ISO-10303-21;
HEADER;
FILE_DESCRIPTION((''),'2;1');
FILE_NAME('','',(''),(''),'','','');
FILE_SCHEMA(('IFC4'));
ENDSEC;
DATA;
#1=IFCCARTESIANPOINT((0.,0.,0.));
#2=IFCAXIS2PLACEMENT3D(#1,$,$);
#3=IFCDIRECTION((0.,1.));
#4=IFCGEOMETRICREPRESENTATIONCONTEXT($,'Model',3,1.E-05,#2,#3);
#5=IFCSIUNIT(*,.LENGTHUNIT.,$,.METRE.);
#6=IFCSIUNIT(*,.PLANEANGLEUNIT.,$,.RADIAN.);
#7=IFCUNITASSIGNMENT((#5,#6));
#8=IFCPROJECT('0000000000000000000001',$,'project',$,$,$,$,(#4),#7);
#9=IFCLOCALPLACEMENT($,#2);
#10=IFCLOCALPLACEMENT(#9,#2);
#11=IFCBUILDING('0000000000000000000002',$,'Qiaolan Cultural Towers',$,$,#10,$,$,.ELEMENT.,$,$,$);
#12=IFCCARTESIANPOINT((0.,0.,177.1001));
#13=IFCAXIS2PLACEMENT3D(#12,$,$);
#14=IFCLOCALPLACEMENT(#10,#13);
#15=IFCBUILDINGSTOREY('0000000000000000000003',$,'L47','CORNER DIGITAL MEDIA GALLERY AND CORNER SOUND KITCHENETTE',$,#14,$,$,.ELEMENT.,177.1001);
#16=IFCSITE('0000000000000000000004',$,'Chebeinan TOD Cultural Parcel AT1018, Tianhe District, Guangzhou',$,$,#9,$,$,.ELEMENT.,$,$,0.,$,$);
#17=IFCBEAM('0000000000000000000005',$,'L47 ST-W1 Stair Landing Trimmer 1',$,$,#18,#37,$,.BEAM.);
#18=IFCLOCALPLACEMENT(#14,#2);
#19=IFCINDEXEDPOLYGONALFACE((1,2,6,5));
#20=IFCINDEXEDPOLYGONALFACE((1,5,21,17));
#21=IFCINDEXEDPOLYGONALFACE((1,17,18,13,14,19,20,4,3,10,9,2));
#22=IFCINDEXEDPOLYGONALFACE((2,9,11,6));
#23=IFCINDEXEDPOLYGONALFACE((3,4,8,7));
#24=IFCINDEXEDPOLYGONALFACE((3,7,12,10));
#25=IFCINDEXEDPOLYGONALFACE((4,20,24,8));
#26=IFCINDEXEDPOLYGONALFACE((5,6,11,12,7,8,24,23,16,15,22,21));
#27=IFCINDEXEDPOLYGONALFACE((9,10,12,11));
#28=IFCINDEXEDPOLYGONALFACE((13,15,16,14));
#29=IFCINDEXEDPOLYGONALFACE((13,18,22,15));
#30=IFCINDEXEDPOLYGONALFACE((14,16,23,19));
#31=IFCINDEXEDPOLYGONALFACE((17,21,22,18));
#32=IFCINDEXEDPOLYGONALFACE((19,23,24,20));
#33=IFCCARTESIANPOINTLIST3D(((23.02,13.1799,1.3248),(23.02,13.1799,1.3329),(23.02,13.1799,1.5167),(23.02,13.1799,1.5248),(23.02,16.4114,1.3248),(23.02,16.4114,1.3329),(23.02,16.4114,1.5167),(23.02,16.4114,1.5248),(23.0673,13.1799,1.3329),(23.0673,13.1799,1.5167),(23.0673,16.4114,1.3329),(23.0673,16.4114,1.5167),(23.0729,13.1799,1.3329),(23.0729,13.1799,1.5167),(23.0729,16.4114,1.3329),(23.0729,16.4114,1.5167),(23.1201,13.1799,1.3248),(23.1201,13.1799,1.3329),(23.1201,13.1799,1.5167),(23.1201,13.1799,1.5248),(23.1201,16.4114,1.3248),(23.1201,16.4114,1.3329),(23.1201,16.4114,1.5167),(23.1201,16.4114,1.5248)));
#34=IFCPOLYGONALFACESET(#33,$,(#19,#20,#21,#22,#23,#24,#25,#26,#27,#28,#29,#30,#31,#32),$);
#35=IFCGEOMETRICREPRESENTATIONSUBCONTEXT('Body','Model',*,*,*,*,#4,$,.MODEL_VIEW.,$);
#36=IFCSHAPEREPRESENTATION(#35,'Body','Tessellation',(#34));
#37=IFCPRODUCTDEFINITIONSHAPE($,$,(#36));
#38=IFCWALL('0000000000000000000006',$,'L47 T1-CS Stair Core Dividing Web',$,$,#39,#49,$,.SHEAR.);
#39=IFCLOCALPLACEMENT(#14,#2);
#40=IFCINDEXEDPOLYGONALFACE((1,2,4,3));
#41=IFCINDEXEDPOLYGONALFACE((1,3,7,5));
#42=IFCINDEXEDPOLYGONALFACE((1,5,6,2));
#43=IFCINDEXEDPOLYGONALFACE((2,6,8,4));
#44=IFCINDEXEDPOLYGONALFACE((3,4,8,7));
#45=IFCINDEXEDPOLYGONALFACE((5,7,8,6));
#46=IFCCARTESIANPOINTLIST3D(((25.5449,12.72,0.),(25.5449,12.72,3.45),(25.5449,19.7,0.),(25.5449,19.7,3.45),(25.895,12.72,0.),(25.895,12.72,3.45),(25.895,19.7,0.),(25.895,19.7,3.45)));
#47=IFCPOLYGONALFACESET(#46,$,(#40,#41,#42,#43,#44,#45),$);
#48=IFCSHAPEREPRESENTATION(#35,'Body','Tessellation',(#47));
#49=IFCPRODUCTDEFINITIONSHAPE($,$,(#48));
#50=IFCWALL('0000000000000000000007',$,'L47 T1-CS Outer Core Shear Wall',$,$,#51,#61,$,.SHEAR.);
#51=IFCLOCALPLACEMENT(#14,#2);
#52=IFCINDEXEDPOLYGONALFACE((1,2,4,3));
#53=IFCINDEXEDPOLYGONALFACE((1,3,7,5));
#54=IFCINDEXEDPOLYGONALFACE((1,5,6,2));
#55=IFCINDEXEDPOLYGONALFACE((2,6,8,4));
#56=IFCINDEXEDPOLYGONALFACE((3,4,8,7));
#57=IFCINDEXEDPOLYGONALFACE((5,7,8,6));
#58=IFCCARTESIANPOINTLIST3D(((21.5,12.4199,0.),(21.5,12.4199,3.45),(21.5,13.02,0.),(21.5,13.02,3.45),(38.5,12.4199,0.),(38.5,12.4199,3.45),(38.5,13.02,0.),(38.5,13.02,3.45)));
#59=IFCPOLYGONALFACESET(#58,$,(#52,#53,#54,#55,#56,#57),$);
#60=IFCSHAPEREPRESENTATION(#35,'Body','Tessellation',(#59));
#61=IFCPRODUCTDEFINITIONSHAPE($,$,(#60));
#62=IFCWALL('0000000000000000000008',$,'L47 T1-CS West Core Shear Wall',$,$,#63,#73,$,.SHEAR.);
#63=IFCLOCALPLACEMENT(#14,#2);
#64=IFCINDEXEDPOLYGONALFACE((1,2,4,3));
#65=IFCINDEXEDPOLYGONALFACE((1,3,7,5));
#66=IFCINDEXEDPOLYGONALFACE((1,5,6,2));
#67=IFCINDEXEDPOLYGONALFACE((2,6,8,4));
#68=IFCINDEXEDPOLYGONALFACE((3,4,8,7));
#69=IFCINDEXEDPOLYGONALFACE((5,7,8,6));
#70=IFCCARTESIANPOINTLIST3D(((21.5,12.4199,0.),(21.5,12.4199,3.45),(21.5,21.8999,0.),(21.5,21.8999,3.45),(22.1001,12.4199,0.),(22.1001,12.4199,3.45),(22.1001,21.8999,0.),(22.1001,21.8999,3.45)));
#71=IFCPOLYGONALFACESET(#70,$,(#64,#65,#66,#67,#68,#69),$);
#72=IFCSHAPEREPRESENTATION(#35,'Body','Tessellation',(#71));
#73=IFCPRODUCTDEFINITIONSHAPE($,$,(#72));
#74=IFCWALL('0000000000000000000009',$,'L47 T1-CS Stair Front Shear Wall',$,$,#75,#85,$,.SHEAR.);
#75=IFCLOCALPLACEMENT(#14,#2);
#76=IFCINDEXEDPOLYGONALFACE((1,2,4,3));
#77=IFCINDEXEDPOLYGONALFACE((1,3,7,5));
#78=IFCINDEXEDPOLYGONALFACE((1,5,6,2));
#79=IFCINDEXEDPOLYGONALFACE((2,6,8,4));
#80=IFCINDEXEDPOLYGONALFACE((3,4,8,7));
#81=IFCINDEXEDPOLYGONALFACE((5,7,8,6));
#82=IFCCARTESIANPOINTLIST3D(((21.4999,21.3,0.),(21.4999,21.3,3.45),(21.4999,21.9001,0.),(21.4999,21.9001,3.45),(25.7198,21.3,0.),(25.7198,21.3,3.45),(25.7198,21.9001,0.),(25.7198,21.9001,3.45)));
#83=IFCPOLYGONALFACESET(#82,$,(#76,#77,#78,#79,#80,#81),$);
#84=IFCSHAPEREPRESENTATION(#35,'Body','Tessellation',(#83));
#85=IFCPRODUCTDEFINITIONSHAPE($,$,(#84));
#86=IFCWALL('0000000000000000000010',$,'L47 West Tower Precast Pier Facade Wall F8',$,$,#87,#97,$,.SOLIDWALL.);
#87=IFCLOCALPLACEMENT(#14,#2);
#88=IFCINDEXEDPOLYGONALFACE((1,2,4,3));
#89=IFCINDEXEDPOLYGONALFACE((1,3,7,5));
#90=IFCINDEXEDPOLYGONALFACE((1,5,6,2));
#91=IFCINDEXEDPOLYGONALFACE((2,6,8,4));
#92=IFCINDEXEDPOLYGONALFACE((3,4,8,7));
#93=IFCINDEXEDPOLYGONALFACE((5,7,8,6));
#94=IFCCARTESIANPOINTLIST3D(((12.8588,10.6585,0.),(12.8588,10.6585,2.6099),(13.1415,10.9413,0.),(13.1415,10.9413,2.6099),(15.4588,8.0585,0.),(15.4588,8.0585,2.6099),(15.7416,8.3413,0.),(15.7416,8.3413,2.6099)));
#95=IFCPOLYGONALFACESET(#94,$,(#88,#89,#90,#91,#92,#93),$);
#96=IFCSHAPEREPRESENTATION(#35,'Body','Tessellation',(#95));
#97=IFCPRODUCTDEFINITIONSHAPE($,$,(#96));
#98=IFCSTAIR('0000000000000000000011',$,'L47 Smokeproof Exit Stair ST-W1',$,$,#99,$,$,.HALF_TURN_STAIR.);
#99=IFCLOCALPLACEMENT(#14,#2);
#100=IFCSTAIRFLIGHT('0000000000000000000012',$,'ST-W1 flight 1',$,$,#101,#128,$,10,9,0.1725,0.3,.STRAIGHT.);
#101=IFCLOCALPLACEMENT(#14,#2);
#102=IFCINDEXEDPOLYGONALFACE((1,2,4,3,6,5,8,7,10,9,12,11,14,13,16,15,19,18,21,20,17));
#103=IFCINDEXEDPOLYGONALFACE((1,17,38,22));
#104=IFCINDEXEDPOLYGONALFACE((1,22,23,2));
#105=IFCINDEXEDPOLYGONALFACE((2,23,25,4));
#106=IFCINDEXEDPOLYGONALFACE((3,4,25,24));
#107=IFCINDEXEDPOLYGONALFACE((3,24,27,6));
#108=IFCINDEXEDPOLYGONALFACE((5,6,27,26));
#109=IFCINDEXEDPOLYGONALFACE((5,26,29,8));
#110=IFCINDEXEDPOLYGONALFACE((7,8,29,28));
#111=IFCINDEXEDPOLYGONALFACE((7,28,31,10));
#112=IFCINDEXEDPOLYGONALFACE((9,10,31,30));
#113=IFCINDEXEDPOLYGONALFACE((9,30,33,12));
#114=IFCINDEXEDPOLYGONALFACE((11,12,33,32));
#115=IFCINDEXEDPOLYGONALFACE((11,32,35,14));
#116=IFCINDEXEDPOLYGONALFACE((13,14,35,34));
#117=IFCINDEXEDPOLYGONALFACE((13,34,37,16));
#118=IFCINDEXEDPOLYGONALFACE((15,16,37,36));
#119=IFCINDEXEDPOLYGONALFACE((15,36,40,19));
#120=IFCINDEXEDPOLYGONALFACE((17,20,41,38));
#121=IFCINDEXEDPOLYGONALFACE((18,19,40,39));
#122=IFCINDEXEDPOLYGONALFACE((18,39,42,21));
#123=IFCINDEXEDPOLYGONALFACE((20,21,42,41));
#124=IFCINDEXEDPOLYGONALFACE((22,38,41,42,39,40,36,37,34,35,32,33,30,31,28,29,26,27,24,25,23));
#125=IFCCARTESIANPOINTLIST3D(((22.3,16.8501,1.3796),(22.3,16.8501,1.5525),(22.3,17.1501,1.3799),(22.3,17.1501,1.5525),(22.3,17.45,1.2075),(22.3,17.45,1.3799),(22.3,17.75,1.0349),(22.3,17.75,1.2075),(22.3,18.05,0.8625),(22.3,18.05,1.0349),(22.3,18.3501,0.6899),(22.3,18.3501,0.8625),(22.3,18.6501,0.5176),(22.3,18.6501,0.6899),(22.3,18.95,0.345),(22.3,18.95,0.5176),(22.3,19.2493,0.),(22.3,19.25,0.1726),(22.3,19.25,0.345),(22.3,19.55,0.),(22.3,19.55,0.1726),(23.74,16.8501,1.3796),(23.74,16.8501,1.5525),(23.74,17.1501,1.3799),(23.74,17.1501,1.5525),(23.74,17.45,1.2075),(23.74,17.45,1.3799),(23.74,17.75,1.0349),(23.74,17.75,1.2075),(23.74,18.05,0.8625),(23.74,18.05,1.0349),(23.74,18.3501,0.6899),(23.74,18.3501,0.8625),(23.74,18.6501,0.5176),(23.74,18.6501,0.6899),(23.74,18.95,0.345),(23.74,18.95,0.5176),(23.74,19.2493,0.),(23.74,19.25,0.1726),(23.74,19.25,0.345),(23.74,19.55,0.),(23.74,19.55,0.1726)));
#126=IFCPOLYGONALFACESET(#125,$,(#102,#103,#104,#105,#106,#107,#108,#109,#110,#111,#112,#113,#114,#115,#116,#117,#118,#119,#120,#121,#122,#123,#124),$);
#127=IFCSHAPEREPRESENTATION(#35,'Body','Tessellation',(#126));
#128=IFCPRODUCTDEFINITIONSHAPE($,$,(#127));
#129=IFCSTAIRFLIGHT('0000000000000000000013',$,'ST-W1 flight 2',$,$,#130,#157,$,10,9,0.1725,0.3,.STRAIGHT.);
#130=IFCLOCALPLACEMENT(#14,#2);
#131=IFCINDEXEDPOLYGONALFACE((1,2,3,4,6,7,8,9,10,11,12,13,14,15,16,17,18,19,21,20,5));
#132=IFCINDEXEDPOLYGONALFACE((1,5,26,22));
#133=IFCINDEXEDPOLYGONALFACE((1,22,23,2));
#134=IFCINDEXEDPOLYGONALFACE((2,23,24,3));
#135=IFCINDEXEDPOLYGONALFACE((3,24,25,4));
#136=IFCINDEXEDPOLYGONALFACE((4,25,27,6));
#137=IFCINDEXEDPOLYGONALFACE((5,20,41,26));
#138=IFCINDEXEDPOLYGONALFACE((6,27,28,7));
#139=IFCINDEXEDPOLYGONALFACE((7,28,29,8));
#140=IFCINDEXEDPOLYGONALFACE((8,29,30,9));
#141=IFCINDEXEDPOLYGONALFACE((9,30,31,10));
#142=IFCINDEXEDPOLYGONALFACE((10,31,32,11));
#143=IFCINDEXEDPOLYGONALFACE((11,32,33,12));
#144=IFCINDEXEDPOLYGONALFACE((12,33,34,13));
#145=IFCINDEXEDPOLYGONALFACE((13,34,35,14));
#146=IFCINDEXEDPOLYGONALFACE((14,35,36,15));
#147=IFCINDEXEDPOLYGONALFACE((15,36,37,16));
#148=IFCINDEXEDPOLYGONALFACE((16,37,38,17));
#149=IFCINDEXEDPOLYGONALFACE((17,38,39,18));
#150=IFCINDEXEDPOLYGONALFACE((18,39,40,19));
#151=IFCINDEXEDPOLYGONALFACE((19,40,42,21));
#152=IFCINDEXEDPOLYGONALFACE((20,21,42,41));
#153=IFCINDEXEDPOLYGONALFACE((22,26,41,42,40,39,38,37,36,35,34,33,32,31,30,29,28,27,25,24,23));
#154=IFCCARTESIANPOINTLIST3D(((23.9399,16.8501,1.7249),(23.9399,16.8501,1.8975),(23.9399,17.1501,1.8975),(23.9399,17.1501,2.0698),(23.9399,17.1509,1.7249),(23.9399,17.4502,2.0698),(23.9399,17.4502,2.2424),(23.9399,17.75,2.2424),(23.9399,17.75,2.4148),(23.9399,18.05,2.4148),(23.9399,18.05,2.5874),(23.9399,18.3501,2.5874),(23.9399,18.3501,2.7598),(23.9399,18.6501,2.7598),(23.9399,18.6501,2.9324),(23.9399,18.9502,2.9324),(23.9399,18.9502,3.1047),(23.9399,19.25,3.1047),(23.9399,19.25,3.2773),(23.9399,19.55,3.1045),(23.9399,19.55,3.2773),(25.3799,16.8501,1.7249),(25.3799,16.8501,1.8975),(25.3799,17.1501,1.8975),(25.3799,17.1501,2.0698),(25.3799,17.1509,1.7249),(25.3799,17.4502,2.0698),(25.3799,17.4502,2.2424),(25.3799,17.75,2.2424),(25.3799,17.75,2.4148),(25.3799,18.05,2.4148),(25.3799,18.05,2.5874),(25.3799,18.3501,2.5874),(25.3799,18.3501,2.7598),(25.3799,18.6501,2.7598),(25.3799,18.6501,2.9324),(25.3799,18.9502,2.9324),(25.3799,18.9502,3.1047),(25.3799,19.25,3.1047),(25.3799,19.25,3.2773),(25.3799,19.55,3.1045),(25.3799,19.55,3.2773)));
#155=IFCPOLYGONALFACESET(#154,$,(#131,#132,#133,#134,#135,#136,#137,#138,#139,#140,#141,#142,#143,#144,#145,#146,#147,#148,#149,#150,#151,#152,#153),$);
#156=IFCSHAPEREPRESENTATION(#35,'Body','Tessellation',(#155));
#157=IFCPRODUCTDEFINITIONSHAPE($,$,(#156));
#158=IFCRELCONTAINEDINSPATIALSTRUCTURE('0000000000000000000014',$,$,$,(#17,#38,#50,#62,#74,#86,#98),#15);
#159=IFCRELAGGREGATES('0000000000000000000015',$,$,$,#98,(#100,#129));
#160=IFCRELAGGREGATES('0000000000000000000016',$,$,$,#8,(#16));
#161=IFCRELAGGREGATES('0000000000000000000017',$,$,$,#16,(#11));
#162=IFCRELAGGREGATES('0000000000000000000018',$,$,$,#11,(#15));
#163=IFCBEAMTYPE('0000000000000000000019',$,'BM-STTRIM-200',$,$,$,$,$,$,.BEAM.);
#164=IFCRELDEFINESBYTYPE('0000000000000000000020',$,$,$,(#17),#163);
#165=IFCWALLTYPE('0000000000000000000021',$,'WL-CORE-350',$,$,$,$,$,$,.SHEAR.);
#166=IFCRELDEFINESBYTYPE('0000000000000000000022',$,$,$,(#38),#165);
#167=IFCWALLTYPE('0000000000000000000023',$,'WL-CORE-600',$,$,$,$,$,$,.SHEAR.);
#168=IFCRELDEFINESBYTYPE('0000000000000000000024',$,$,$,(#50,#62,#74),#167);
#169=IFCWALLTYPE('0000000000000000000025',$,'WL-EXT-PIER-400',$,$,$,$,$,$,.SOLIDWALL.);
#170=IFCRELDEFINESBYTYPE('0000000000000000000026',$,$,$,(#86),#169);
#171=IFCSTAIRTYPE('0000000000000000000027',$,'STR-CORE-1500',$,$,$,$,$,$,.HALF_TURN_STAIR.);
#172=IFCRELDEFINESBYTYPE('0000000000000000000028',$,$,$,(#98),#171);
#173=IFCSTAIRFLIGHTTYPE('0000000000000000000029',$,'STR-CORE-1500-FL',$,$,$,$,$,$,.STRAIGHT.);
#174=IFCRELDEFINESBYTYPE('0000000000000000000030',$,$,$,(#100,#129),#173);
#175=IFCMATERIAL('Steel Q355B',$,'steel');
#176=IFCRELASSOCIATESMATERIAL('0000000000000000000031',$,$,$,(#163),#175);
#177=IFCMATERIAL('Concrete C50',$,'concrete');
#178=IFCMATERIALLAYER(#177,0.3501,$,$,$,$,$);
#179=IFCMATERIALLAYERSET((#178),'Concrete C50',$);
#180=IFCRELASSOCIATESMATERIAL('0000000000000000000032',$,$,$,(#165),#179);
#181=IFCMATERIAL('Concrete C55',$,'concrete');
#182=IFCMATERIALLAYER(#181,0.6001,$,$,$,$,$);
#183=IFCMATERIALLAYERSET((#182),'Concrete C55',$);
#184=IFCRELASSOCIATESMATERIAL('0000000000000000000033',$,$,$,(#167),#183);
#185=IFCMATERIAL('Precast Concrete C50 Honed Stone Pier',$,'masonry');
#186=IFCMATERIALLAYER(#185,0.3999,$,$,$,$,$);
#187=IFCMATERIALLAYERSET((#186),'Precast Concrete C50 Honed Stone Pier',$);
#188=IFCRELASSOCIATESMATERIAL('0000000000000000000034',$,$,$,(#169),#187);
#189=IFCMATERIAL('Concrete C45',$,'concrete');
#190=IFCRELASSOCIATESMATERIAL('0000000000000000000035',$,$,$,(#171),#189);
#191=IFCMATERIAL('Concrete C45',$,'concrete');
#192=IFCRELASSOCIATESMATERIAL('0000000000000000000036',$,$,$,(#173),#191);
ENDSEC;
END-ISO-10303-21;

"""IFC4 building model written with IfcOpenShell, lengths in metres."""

from ifc_helpers import new_model, si_unit, direction, frame, frame_2d, origin, origin_2d, place, context, subcontext, project, spatial, polyline, rectangle, i_section, outline, extrude, material, layer, layer_set, material_profile, profile_set, type_object, element, aggregate, save


model = new_model("IFC4")

# Units and contexts
model_context = context("Model", 3, precision=1e-05, world=origin(), true_north=direction((0.0, 1.0)))
body_context = subcontext(model_context, "Body", "Model", "MODEL_VIEW")
ifc_project = project(units=[si_unit("LENGTHUNIT", "METRE"), si_unit("PLANEANGLEUNIT", "RADIAN")], contexts=[model_context])

# Site, building, storey
site_placement = place(None, origin())
site = spatial("IfcSite", under=ifc_project, at=site_placement, Name="Chebeinan TOD Cultural Parcel AT1018, Tianhe District, Guangzhou", CompositionType="ELEMENT", RefElevation=0.0)
building_placement = place(site_placement, origin())
building = spatial("IfcBuilding", under=site, at=building_placement, Name="Qiaolan Cultural Towers", CompositionType="ELEMENT")
storey_placement = place(building_placement, frame((0.0, 0.0, 177.1001)))
storey = spatial("IfcBuildingStorey", under=building, at=storey_placement, Name="L47", Description="CORNER DIGITAL MEDIA GALLERY AND CORNER SOUND KITCHENETTE", CompositionType="ELEMENT", Elevation=177.1001)

# Beam
ifc_material_1 = material(Name="Steel Q355B", Category="steel")
ifc_material_profile_1 = material_profile(ifc_material_1, i_section(OverallWidth=0.1001, OverallDepth=0.2, WebThickness=0.0056, FlangeThickness=0.0081, at=origin_2d()), Name="HN200x100x5.5x8")
ifc_profile_set_1 = profile_set([ifc_material_profile_1], Name="Steel Q355B")
beam_type_1 = type_object("IfcBeamType", Name="BM-STTRIM-200", PredefinedType="BEAM", material=ifc_profile_set_1)
beam_1_placement = place(storey_placement, frame((23.0701, 16.4114, 1.4248), z_axis=(0.0, -1.0, 0.0), x_axis=(1.0, 0.0, 0.0)))
element("IfcBeam", 1, at=beam_1_placement, inside=storey, type_object=beam_type_1, Name="L47 ST-W1 Stair Landing Trimmer 1", PredefinedType="BEAM", context=body_context, shape_type="SweptSolid", body=[
    extrude(i_section(OverallWidth=0.1001, OverallDepth=0.2, WebThickness=0.0056, FlangeThickness=0.0081, at=origin_2d()), origin(), (0.0, 0.0, 1.0), 3.2314),
])

# Walls
ifc_material_2 = material(Name="Concrete C50", Category="concrete")
ifc_layer_1 = layer(ifc_material_2, 0.3501)
ifc_layer_set_1 = layer_set([ifc_layer_1], Name="Concrete C50")
wall_type_1 = type_object("IfcWallType", Name="WL-CORE-350", PredefinedType="SHEAR", material=ifc_layer_set_1)
wall_1_placement = place(storey_placement, frame((25.72, 19.7, 0.0), z_axis=(0.0, 0.0, 1.0), x_axis=(0.0, -1.0, 0.0)))
element("IfcWall", 2, at=wall_1_placement, inside=storey, type_object=wall_type_1, Name="L47 T1-CS Stair Core Dividing Web", PredefinedType="SHEAR", context=body_context, shape_type="SweptSolid", body=[
    extrude(rectangle(XDim=6.98, YDim=0.3501, at=frame_2d((3.49, 0.0))), origin(), (0.0, 0.0, 1.0), 3.45),
])
ifc_material_3 = material(Name="Concrete C55", Category="concrete")
ifc_layer_2 = layer(ifc_material_3, 0.6001)
ifc_layer_set_2 = layer_set([ifc_layer_2], Name="Concrete C55")
wall_type_2 = type_object("IfcWallType", Name="WL-CORE-600", PredefinedType="SHEAR", material=ifc_layer_set_2)
wall_2_placement = place(storey_placement, frame((21.5, 12.72, 0.0), z_axis=(0.0, 0.0, 1.0), x_axis=(1.0, 0.0, 0.0)))
element("IfcWall", 3, at=wall_2_placement, inside=storey, type_object=wall_type_2, Name="L47 T1-CS Outer Core Shear Wall", PredefinedType="SHEAR", context=body_context, shape_type="SweptSolid", body=[
    extrude(rectangle(XDim=17.0, YDim=0.6001, at=frame_2d((8.5, 0.0))), origin(), (0.0, 0.0, 1.0), 3.45),
])
wall_3_placement = place(storey_placement, frame((21.8, 21.8999, 0.0), z_axis=(0.0, 0.0, 1.0), x_axis=(0.0, -1.0, 0.0)))
element("IfcWall", 4, at=wall_3_placement, inside=storey, type_object=wall_type_2, Name="L47 T1-CS West Core Shear Wall", PredefinedType="SHEAR", context=body_context, shape_type="SweptSolid", body=[
    extrude(rectangle(XDim=9.48, YDim=0.6001, at=frame_2d((4.74, 0.0))), origin(), (0.0, 0.0, 1.0), 3.45),
])
wall_4_placement = place(storey_placement, frame((21.5, 21.6001, 0.0), z_axis=(0.0, 0.0, 1.0), x_axis=(1.0, 0.0, 0.0)))
element("IfcWall", 5, at=wall_4_placement, inside=storey, type_object=wall_type_2, Name="L47 T1-CS Stair Front Shear Wall", PredefinedType="SHEAR", context=body_context, shape_type="SweptSolid", body=[
    extrude(rectangle(XDim=4.22, YDim=0.6001, at=frame_2d((2.1099, 0.0))), origin(), (0.0, 0.0, 1.0), 3.45),
])
ifc_material_4 = material(Name="Precast Concrete C50 Honed Stone Pier", Category="masonry")
ifc_layer_3 = layer(ifc_material_4, 0.3999)
ifc_layer_set_3 = layer_set([ifc_layer_3], Name="Precast Concrete C50 Honed Stone Pier")
wall_type_3 = type_object("IfcWallType", Name="WL-EXT-PIER-400", PredefinedType="SOLIDWALL", material=ifc_layer_set_3)
wall_5_placement = place(storey_placement, frame((15.6001, 8.2, 0.0), z_axis=(0.0, 0.0, 1.0), x_axis=(-0.707107, 0.707107, 0.0)))
element("IfcWall", 6, at=wall_5_placement, inside=storey, type_object=wall_type_3, Name="L47 West Tower Precast Pier Facade Wall F8", PredefinedType="SOLIDWALL", context=body_context, shape_type="SweptSolid", body=[
    extrude(rectangle(XDim=3.677, YDim=0.3999, at=frame_2d((1.8384, 0.0))), origin(), (0.0, 0.0, 1.0), 2.6099),
])

# Stair, stair flights
ifc_material_5 = material(Name="Concrete C45", Category="concrete")
stair_type = type_object("IfcStairType", Name="STR-CORE-1500", PredefinedType="HALF_TURN_STAIR", material=ifc_material_5)
stair_placement = place(storey_placement, origin())
stair = element("IfcStair", 7, at=stair_placement, inside=storey, type_object=stair_type, Name="L47 Smokeproof Exit Stair ST-W1", PredefinedType="HALF_TURN_STAIR")
ifc_material_6 = material(Name="Concrete C45", Category="concrete")
stair_flight_type = type_object("IfcStairFlightType", Name="STR-CORE-1500-FL", PredefinedType="STRAIGHT", material=ifc_material_6)
stair_flight_1_placement = place(storey_placement, frame((23.02, 19.55, 0.0), z_axis=(0.0, 0.0, 1.0), x_axis=(0.0, -1.0, 0.0)))
stair_flight_1 = element("IfcStairFlight", 8, at=stair_flight_1_placement, type_object=stair_flight_type, Name="ST-W1 flight 1", NumberOfRisers=10, NumberOfTreads=9, PredefinedType="STRAIGHT", RiserHeight=0.1725, TreadLength=0.3, context=body_context, shape_type="SweptSolid", body=[
    extrude(outline(polyline([(0.0, 0.0), (0.0, 0.1726), (0.3, 0.1726), (0.3, 0.345), (0.6001, 0.345), (0.6001, 0.5176), (0.8999, 0.5176), (0.8999, 0.6899), (1.2, 0.6899), (1.2, 0.8625), (1.5, 0.8625), (1.5, 1.0349), (1.8, 1.0349), (1.8, 1.2075), (2.1001, 1.2075), (2.1001, 1.3799), (2.3999, 1.3799), (2.3999, 1.5525), (2.7, 1.5525), (2.7, 1.7251), (2.7, 1.3796), (0.3008, 0.0), (0.0, 0.0)])), frame((0.0, 0.72, 0.0), z_axis=(0.0, -1.0, 0.0), x_axis=(1.0, 0.0, 0.0)), (0.0, 0.0, 1.0), 1.4399),
])
stair_flight_2_placement = place(storey_placement, frame((24.6599, 16.8501, 1.7249), z_axis=(0.0, 0.0, 1.0), x_axis=(0.0, 1.0, 0.0)))
stair_flight_2 = element("IfcStairFlight", 9, at=stair_flight_2_placement, type_object=stair_flight_type, Name="ST-W1 flight 2", NumberOfRisers=10, NumberOfTreads=9, PredefinedType="STRAIGHT", RiserHeight=0.1725, TreadLength=0.3, context=body_context, shape_type="SweptSolid", body=[
    extrude(outline(polyline([(0.0, 0.0), (0.0, 0.1726), (0.3, 0.1726), (0.3, 0.345), (0.6001, 0.345), (0.6001, 0.5176), (0.8999, 0.5176), (0.8999, 0.6899), (1.2, 0.6899), (1.2, 0.8625), (1.5, 0.8625), (1.5, 1.0349), (1.8, 1.0349), (1.8, 1.2075), (2.1001, 1.2075), (2.1001, 1.3799), (2.3999, 1.3799), (2.3999, 1.5525), (2.7, 1.5525), (2.7, 1.7251), (2.7, 1.3796), (0.3008, 0.0), (0.0, 0.0)])), frame((0.0, 0.72, 0.0), z_axis=(0.0, -1.0, 0.0), x_axis=(1.0, 0.0, 0.0)), (0.0, 0.0, 1.0), 1.4399),
])
aggregate(stair, [stair_flight_1, stair_flight_2])

save(model, "model.ifc")
